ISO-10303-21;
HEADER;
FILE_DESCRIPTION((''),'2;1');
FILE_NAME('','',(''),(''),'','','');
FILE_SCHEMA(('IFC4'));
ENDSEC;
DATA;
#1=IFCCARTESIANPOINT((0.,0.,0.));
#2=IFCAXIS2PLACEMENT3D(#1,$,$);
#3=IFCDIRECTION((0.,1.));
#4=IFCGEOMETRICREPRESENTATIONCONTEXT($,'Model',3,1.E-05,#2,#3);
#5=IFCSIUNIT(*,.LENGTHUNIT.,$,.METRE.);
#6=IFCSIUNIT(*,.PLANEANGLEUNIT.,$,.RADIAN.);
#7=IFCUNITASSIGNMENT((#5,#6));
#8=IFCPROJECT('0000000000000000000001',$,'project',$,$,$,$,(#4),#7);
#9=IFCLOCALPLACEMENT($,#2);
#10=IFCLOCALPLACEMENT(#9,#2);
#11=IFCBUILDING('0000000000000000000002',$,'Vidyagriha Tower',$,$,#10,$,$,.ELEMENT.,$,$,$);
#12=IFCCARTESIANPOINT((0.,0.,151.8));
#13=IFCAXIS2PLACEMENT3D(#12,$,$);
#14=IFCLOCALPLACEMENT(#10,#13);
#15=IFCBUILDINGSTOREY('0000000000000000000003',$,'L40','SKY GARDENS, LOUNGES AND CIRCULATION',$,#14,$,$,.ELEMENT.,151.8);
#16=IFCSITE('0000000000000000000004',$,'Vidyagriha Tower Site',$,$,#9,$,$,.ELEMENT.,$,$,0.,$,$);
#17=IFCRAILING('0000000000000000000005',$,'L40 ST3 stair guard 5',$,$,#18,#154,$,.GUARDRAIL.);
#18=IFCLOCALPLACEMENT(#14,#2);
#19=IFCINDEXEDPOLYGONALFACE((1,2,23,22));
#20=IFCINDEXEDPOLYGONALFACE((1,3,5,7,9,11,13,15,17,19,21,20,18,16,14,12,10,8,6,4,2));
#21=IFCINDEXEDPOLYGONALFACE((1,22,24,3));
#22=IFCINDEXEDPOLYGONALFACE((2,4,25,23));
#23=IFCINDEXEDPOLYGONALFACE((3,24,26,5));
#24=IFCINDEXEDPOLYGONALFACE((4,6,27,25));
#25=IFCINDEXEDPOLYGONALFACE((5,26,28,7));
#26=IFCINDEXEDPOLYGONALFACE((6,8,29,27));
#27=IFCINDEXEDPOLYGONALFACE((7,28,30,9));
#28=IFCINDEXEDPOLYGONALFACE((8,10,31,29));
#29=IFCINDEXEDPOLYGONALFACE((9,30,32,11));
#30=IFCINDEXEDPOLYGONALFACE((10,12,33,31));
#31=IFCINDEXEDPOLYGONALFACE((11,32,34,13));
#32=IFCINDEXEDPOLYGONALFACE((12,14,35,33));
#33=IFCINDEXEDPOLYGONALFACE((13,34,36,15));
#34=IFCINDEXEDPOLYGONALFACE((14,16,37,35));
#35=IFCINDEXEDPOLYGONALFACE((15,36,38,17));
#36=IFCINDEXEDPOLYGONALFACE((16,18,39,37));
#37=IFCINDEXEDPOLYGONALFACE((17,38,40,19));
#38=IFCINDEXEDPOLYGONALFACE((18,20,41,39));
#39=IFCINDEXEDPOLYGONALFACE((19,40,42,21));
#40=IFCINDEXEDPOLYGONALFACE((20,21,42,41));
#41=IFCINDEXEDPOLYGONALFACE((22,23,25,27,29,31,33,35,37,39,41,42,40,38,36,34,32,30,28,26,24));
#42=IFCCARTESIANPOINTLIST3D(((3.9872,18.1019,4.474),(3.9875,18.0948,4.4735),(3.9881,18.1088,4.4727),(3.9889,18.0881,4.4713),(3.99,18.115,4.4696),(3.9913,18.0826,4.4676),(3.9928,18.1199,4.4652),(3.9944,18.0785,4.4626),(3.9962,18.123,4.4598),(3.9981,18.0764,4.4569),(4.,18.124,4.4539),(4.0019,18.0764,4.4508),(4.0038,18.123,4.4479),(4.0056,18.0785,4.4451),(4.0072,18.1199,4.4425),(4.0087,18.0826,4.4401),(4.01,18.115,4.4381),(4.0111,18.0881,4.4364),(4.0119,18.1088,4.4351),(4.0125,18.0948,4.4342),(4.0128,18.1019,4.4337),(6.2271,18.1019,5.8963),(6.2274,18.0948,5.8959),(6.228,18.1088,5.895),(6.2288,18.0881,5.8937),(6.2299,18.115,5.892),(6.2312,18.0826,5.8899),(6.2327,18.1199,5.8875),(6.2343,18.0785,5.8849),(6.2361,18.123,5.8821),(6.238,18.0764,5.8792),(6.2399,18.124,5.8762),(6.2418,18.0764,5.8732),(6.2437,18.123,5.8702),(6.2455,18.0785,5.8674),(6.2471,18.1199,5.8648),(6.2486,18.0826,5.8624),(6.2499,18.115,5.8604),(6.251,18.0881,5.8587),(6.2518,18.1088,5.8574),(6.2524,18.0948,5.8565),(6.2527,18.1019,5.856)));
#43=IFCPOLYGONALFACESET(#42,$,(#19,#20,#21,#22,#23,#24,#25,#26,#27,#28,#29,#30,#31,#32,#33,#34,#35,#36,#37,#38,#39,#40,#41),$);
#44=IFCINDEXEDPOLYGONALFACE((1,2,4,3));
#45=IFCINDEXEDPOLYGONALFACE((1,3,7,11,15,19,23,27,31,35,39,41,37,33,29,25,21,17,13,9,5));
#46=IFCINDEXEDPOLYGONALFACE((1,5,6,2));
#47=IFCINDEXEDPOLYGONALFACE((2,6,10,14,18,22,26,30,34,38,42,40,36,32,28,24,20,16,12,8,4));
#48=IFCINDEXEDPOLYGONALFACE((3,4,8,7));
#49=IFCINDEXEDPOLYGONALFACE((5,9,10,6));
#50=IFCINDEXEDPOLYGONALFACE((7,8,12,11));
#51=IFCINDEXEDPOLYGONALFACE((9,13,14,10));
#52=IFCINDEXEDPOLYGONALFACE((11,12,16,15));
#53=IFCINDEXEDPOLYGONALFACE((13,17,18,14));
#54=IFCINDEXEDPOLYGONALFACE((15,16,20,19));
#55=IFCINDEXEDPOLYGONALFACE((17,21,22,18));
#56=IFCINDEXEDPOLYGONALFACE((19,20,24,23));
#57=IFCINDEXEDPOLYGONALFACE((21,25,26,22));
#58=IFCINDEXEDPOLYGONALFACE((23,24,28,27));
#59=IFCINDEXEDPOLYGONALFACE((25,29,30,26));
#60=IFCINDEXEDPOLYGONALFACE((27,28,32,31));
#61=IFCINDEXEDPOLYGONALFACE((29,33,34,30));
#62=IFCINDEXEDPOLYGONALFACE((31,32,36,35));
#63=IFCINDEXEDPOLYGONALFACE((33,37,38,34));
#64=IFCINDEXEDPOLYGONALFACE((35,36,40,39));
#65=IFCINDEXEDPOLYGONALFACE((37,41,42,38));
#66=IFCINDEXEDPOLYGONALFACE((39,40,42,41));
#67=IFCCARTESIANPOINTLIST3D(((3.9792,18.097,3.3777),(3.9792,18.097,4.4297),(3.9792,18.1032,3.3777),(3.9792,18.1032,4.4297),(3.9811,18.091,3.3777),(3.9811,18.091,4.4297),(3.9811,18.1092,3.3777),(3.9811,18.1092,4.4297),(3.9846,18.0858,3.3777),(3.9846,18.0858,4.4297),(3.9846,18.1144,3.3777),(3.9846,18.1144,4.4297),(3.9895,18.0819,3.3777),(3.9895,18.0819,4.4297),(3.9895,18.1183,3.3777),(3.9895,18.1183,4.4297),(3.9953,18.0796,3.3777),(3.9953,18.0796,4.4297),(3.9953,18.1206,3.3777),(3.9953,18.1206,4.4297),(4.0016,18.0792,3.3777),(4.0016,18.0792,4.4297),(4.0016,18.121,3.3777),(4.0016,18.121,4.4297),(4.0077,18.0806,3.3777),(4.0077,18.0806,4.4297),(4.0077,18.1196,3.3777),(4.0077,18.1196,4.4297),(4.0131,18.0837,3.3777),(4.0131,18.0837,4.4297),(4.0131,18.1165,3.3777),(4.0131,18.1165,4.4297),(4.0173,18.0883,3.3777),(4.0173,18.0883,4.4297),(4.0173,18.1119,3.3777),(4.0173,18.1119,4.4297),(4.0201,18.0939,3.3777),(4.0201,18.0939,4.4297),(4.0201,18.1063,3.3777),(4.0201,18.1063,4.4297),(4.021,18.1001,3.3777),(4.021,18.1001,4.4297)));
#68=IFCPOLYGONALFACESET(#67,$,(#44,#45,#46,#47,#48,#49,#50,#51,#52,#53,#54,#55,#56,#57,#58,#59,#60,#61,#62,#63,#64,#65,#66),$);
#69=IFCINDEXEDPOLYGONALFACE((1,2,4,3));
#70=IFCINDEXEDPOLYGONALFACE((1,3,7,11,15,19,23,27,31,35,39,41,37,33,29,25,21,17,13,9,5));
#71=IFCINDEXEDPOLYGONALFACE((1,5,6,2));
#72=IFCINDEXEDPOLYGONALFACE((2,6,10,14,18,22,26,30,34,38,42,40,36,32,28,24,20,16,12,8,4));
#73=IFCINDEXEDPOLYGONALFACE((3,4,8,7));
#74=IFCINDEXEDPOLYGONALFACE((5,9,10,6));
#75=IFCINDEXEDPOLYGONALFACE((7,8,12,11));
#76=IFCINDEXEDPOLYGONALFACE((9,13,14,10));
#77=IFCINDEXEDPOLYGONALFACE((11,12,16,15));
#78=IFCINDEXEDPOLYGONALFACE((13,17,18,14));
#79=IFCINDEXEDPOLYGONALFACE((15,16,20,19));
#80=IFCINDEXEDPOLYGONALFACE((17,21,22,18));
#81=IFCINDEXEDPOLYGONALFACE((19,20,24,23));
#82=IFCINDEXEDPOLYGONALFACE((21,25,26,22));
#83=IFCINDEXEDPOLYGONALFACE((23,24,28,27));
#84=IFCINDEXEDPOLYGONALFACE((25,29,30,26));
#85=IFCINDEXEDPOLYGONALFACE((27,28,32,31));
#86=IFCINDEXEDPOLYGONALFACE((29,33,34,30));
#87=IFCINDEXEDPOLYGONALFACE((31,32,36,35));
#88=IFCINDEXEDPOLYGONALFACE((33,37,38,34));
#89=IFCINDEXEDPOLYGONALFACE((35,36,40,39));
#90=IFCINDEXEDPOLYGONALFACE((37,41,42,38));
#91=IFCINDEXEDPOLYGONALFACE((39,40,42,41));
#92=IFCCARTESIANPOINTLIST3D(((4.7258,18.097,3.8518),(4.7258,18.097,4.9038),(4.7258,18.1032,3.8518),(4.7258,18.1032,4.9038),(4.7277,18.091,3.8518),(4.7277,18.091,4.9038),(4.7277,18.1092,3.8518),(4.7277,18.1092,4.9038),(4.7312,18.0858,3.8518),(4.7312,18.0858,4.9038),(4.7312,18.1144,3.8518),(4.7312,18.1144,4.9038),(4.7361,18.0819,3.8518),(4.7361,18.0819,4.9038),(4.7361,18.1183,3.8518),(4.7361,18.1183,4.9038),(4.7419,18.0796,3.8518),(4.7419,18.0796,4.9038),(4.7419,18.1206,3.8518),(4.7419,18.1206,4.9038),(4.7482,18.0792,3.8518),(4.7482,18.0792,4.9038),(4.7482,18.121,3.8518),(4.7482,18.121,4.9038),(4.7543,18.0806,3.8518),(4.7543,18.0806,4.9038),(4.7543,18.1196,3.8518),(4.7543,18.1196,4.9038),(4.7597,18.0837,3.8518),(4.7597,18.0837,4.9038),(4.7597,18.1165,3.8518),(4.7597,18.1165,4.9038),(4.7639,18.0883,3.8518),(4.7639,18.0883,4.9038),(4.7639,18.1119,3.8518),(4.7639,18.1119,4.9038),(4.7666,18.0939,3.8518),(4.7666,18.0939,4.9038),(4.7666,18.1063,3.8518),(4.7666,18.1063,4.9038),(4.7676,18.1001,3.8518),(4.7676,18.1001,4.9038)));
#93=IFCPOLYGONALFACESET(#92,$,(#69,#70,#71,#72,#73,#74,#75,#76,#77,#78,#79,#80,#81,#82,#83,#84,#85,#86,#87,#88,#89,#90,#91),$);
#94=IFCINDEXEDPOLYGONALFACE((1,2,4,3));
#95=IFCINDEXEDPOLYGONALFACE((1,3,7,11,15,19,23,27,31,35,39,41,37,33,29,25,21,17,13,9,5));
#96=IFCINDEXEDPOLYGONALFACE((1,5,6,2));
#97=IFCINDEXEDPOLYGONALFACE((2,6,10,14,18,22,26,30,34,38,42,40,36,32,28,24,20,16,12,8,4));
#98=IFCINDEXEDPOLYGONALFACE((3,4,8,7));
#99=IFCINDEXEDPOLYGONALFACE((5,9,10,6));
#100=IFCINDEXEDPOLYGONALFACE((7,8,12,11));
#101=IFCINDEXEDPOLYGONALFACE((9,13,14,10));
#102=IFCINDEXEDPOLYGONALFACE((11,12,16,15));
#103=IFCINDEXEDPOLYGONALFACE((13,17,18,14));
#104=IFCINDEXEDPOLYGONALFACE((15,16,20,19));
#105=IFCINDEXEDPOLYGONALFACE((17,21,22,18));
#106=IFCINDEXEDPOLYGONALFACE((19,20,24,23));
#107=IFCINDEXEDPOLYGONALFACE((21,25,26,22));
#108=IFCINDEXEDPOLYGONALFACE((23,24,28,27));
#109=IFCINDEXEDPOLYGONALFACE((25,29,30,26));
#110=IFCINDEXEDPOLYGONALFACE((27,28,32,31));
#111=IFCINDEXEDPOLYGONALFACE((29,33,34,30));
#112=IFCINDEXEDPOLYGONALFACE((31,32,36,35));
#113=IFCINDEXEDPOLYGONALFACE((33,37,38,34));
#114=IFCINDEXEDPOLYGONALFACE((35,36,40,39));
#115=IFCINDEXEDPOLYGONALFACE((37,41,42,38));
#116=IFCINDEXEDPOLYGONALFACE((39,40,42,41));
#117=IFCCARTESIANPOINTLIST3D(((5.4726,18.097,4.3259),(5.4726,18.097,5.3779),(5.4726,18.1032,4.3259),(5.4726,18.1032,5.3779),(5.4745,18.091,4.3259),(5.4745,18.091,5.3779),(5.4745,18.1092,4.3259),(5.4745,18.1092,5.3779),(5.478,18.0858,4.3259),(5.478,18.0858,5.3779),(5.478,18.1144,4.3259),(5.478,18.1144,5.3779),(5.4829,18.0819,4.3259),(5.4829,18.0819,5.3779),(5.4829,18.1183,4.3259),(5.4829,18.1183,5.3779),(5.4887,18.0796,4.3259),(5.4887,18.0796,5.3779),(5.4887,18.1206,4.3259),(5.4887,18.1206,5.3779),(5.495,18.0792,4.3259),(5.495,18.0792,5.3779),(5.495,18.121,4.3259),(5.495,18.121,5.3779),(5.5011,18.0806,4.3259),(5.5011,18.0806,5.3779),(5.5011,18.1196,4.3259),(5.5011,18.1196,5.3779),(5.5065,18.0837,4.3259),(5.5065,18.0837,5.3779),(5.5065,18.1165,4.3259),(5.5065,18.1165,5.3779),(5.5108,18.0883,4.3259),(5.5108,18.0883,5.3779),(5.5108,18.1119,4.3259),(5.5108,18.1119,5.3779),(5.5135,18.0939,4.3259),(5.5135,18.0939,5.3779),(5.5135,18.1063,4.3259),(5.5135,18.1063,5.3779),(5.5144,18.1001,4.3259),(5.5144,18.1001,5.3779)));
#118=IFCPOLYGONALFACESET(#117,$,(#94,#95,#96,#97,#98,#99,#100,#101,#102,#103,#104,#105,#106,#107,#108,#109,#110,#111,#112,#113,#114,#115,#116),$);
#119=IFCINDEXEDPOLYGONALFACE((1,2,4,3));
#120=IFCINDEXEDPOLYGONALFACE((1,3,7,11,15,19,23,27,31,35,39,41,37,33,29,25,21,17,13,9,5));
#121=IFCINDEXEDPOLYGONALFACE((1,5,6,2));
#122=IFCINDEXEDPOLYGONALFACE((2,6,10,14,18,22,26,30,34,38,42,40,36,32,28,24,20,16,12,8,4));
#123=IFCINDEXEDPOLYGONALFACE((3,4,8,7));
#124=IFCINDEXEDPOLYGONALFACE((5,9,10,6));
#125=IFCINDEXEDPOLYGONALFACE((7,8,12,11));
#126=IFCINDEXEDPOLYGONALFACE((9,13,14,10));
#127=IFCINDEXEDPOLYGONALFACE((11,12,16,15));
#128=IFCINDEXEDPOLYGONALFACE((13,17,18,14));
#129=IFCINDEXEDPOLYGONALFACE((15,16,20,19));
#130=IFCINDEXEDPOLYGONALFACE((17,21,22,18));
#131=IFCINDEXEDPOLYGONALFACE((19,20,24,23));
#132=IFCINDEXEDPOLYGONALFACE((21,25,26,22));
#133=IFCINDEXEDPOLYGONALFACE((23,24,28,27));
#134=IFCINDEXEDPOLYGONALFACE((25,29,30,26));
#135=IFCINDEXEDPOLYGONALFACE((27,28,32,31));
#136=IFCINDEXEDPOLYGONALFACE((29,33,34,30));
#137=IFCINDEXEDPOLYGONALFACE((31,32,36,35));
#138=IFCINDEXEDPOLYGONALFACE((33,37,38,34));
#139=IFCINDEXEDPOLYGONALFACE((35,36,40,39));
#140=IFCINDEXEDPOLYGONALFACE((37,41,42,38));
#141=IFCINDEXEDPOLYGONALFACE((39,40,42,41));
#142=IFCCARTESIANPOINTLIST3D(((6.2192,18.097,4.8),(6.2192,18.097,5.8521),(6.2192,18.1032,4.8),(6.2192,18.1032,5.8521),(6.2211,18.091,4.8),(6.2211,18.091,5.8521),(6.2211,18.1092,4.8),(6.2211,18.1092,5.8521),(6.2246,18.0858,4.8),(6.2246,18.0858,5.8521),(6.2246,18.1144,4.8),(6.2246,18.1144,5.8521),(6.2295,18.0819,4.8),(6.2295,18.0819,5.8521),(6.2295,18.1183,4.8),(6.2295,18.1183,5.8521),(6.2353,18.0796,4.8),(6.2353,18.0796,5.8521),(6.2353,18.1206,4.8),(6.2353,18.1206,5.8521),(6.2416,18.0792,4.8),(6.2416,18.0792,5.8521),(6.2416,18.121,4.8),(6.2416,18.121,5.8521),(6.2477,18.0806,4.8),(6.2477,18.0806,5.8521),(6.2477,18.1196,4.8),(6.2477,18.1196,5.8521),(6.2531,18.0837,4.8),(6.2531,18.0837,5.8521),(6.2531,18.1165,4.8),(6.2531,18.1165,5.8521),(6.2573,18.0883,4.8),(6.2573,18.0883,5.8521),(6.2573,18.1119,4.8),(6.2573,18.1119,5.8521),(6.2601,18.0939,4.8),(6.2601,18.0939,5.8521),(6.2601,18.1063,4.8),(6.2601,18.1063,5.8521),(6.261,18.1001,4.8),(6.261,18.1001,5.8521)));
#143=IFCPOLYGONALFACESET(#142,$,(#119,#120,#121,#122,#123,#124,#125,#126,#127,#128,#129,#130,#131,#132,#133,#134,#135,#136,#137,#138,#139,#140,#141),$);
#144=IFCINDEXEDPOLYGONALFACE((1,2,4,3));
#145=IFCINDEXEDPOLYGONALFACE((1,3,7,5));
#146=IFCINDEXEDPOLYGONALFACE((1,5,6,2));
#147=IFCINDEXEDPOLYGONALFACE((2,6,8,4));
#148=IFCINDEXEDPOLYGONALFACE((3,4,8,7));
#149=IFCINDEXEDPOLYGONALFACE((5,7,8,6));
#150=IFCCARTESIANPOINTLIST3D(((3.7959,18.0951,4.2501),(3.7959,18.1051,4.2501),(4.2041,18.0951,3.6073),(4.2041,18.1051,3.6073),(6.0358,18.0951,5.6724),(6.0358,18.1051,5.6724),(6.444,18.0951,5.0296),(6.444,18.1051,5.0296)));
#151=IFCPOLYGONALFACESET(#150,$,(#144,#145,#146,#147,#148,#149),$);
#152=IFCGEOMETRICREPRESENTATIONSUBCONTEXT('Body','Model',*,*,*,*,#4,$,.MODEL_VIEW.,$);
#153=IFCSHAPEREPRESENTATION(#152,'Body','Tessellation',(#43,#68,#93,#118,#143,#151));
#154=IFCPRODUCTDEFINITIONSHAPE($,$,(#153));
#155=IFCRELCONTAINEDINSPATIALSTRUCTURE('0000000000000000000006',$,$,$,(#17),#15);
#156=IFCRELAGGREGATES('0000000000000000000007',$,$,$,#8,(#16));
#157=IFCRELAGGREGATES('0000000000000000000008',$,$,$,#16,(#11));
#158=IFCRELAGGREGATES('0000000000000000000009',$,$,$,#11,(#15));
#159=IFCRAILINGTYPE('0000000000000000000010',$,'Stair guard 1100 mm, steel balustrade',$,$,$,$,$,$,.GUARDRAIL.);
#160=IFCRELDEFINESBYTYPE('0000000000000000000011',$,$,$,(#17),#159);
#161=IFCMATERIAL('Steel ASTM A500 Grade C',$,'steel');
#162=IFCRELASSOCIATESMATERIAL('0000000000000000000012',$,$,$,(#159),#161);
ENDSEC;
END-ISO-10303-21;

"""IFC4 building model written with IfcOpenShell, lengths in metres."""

from ifc_helpers import new_model, si_unit, direction, frame, origin, origin_2d, place, context, subcontext, project, spatial, rectangle, circle, extrude, material, type_object, element, save


model = new_model("IFC4")

# Units and contexts
model_context = context("Model", 3, precision=1e-05, world=origin(), true_north=direction((0.0, 1.0)))
body_context = subcontext(model_context, "Body", "Model", "MODEL_VIEW")
ifc_project = project(units=[si_unit("LENGTHUNIT", "METRE"), si_unit("PLANEANGLEUNIT", "RADIAN")], contexts=[model_context])

# Site, building, storey
site_placement = place(None, origin())
site = spatial("IfcSite", under=ifc_project, at=site_placement, Name="Vidyagriha Tower Site", CompositionType="ELEMENT", RefElevation=0.0)
building_placement = place(site_placement, origin())
building = spatial("IfcBuilding", under=site, at=building_placement, Name="Vidyagriha Tower", CompositionType="ELEMENT")
storey_placement = place(building_placement, frame((0.0, 0.0, 151.8)))
storey = spatial("IfcBuildingStorey", under=building, at=storey_placement, Name="L40", Description="SKY GARDENS, LOUNGES AND CIRCULATION", CompositionType="ELEMENT", Elevation=151.8)

# Railing
ifc_material_1 = material(Name="Steel ASTM A500 Grade C", Category="steel")
railing_type_1 = type_object("IfcRailingType", Name="Stair guard 1100 mm, steel balustrade", PredefinedType="GUARDRAIL", material=ifc_material_1)
railing_1_placement = place(storey_placement, frame((4.0, 18.1001, 3.3777)))
element("IfcRailing", 1, at=railing_1_placement, inside=storey, type_object=railing_type_1, Name="L40 ST3 stair guard 5", PredefinedType="GUARDRAIL", context=body_context, shape_type="SweptSolid", body=[
    extrude(circle(Radius=0.0239, at=origin_2d()), frame((0.0, 0.0, 1.0762), z_axis=(0.844188, 0.0, 0.536048), x_axis=(0.0, 1.0, 0.0)), (0.0, 0.0, 1.0), 2.6533),
    extrude(circle(Radius=0.021, at=origin_2d()), origin(), (0.0, 0.0, 1.0), 1.052),
    extrude(circle(Radius=0.021, at=origin_2d()), frame((0.7466, 0.0, 0.4741)), (0.0, 0.0, 1.0), 1.052),
    extrude(circle(Radius=0.021, at=origin_2d()), frame((1.4934, 0.0, 0.9482)), (0.0, 0.0, 1.0), 1.052),
    extrude(circle(Radius=0.021, at=origin_2d()), frame((2.24, 0.0, 1.4224)), (0.0, 0.0, 1.0), 1.052),
    extrude(rectangle(XDim=0.01, YDim=0.7615, at=origin_2d()), frame((0.0, 0.0, 0.551), z_axis=(0.844188, 0.0, 0.536048), x_axis=(0.0, 1.0, 0.0)), (0.0, 0.0, 1.0), 2.6533),
])

save(model, "model.ifc")
